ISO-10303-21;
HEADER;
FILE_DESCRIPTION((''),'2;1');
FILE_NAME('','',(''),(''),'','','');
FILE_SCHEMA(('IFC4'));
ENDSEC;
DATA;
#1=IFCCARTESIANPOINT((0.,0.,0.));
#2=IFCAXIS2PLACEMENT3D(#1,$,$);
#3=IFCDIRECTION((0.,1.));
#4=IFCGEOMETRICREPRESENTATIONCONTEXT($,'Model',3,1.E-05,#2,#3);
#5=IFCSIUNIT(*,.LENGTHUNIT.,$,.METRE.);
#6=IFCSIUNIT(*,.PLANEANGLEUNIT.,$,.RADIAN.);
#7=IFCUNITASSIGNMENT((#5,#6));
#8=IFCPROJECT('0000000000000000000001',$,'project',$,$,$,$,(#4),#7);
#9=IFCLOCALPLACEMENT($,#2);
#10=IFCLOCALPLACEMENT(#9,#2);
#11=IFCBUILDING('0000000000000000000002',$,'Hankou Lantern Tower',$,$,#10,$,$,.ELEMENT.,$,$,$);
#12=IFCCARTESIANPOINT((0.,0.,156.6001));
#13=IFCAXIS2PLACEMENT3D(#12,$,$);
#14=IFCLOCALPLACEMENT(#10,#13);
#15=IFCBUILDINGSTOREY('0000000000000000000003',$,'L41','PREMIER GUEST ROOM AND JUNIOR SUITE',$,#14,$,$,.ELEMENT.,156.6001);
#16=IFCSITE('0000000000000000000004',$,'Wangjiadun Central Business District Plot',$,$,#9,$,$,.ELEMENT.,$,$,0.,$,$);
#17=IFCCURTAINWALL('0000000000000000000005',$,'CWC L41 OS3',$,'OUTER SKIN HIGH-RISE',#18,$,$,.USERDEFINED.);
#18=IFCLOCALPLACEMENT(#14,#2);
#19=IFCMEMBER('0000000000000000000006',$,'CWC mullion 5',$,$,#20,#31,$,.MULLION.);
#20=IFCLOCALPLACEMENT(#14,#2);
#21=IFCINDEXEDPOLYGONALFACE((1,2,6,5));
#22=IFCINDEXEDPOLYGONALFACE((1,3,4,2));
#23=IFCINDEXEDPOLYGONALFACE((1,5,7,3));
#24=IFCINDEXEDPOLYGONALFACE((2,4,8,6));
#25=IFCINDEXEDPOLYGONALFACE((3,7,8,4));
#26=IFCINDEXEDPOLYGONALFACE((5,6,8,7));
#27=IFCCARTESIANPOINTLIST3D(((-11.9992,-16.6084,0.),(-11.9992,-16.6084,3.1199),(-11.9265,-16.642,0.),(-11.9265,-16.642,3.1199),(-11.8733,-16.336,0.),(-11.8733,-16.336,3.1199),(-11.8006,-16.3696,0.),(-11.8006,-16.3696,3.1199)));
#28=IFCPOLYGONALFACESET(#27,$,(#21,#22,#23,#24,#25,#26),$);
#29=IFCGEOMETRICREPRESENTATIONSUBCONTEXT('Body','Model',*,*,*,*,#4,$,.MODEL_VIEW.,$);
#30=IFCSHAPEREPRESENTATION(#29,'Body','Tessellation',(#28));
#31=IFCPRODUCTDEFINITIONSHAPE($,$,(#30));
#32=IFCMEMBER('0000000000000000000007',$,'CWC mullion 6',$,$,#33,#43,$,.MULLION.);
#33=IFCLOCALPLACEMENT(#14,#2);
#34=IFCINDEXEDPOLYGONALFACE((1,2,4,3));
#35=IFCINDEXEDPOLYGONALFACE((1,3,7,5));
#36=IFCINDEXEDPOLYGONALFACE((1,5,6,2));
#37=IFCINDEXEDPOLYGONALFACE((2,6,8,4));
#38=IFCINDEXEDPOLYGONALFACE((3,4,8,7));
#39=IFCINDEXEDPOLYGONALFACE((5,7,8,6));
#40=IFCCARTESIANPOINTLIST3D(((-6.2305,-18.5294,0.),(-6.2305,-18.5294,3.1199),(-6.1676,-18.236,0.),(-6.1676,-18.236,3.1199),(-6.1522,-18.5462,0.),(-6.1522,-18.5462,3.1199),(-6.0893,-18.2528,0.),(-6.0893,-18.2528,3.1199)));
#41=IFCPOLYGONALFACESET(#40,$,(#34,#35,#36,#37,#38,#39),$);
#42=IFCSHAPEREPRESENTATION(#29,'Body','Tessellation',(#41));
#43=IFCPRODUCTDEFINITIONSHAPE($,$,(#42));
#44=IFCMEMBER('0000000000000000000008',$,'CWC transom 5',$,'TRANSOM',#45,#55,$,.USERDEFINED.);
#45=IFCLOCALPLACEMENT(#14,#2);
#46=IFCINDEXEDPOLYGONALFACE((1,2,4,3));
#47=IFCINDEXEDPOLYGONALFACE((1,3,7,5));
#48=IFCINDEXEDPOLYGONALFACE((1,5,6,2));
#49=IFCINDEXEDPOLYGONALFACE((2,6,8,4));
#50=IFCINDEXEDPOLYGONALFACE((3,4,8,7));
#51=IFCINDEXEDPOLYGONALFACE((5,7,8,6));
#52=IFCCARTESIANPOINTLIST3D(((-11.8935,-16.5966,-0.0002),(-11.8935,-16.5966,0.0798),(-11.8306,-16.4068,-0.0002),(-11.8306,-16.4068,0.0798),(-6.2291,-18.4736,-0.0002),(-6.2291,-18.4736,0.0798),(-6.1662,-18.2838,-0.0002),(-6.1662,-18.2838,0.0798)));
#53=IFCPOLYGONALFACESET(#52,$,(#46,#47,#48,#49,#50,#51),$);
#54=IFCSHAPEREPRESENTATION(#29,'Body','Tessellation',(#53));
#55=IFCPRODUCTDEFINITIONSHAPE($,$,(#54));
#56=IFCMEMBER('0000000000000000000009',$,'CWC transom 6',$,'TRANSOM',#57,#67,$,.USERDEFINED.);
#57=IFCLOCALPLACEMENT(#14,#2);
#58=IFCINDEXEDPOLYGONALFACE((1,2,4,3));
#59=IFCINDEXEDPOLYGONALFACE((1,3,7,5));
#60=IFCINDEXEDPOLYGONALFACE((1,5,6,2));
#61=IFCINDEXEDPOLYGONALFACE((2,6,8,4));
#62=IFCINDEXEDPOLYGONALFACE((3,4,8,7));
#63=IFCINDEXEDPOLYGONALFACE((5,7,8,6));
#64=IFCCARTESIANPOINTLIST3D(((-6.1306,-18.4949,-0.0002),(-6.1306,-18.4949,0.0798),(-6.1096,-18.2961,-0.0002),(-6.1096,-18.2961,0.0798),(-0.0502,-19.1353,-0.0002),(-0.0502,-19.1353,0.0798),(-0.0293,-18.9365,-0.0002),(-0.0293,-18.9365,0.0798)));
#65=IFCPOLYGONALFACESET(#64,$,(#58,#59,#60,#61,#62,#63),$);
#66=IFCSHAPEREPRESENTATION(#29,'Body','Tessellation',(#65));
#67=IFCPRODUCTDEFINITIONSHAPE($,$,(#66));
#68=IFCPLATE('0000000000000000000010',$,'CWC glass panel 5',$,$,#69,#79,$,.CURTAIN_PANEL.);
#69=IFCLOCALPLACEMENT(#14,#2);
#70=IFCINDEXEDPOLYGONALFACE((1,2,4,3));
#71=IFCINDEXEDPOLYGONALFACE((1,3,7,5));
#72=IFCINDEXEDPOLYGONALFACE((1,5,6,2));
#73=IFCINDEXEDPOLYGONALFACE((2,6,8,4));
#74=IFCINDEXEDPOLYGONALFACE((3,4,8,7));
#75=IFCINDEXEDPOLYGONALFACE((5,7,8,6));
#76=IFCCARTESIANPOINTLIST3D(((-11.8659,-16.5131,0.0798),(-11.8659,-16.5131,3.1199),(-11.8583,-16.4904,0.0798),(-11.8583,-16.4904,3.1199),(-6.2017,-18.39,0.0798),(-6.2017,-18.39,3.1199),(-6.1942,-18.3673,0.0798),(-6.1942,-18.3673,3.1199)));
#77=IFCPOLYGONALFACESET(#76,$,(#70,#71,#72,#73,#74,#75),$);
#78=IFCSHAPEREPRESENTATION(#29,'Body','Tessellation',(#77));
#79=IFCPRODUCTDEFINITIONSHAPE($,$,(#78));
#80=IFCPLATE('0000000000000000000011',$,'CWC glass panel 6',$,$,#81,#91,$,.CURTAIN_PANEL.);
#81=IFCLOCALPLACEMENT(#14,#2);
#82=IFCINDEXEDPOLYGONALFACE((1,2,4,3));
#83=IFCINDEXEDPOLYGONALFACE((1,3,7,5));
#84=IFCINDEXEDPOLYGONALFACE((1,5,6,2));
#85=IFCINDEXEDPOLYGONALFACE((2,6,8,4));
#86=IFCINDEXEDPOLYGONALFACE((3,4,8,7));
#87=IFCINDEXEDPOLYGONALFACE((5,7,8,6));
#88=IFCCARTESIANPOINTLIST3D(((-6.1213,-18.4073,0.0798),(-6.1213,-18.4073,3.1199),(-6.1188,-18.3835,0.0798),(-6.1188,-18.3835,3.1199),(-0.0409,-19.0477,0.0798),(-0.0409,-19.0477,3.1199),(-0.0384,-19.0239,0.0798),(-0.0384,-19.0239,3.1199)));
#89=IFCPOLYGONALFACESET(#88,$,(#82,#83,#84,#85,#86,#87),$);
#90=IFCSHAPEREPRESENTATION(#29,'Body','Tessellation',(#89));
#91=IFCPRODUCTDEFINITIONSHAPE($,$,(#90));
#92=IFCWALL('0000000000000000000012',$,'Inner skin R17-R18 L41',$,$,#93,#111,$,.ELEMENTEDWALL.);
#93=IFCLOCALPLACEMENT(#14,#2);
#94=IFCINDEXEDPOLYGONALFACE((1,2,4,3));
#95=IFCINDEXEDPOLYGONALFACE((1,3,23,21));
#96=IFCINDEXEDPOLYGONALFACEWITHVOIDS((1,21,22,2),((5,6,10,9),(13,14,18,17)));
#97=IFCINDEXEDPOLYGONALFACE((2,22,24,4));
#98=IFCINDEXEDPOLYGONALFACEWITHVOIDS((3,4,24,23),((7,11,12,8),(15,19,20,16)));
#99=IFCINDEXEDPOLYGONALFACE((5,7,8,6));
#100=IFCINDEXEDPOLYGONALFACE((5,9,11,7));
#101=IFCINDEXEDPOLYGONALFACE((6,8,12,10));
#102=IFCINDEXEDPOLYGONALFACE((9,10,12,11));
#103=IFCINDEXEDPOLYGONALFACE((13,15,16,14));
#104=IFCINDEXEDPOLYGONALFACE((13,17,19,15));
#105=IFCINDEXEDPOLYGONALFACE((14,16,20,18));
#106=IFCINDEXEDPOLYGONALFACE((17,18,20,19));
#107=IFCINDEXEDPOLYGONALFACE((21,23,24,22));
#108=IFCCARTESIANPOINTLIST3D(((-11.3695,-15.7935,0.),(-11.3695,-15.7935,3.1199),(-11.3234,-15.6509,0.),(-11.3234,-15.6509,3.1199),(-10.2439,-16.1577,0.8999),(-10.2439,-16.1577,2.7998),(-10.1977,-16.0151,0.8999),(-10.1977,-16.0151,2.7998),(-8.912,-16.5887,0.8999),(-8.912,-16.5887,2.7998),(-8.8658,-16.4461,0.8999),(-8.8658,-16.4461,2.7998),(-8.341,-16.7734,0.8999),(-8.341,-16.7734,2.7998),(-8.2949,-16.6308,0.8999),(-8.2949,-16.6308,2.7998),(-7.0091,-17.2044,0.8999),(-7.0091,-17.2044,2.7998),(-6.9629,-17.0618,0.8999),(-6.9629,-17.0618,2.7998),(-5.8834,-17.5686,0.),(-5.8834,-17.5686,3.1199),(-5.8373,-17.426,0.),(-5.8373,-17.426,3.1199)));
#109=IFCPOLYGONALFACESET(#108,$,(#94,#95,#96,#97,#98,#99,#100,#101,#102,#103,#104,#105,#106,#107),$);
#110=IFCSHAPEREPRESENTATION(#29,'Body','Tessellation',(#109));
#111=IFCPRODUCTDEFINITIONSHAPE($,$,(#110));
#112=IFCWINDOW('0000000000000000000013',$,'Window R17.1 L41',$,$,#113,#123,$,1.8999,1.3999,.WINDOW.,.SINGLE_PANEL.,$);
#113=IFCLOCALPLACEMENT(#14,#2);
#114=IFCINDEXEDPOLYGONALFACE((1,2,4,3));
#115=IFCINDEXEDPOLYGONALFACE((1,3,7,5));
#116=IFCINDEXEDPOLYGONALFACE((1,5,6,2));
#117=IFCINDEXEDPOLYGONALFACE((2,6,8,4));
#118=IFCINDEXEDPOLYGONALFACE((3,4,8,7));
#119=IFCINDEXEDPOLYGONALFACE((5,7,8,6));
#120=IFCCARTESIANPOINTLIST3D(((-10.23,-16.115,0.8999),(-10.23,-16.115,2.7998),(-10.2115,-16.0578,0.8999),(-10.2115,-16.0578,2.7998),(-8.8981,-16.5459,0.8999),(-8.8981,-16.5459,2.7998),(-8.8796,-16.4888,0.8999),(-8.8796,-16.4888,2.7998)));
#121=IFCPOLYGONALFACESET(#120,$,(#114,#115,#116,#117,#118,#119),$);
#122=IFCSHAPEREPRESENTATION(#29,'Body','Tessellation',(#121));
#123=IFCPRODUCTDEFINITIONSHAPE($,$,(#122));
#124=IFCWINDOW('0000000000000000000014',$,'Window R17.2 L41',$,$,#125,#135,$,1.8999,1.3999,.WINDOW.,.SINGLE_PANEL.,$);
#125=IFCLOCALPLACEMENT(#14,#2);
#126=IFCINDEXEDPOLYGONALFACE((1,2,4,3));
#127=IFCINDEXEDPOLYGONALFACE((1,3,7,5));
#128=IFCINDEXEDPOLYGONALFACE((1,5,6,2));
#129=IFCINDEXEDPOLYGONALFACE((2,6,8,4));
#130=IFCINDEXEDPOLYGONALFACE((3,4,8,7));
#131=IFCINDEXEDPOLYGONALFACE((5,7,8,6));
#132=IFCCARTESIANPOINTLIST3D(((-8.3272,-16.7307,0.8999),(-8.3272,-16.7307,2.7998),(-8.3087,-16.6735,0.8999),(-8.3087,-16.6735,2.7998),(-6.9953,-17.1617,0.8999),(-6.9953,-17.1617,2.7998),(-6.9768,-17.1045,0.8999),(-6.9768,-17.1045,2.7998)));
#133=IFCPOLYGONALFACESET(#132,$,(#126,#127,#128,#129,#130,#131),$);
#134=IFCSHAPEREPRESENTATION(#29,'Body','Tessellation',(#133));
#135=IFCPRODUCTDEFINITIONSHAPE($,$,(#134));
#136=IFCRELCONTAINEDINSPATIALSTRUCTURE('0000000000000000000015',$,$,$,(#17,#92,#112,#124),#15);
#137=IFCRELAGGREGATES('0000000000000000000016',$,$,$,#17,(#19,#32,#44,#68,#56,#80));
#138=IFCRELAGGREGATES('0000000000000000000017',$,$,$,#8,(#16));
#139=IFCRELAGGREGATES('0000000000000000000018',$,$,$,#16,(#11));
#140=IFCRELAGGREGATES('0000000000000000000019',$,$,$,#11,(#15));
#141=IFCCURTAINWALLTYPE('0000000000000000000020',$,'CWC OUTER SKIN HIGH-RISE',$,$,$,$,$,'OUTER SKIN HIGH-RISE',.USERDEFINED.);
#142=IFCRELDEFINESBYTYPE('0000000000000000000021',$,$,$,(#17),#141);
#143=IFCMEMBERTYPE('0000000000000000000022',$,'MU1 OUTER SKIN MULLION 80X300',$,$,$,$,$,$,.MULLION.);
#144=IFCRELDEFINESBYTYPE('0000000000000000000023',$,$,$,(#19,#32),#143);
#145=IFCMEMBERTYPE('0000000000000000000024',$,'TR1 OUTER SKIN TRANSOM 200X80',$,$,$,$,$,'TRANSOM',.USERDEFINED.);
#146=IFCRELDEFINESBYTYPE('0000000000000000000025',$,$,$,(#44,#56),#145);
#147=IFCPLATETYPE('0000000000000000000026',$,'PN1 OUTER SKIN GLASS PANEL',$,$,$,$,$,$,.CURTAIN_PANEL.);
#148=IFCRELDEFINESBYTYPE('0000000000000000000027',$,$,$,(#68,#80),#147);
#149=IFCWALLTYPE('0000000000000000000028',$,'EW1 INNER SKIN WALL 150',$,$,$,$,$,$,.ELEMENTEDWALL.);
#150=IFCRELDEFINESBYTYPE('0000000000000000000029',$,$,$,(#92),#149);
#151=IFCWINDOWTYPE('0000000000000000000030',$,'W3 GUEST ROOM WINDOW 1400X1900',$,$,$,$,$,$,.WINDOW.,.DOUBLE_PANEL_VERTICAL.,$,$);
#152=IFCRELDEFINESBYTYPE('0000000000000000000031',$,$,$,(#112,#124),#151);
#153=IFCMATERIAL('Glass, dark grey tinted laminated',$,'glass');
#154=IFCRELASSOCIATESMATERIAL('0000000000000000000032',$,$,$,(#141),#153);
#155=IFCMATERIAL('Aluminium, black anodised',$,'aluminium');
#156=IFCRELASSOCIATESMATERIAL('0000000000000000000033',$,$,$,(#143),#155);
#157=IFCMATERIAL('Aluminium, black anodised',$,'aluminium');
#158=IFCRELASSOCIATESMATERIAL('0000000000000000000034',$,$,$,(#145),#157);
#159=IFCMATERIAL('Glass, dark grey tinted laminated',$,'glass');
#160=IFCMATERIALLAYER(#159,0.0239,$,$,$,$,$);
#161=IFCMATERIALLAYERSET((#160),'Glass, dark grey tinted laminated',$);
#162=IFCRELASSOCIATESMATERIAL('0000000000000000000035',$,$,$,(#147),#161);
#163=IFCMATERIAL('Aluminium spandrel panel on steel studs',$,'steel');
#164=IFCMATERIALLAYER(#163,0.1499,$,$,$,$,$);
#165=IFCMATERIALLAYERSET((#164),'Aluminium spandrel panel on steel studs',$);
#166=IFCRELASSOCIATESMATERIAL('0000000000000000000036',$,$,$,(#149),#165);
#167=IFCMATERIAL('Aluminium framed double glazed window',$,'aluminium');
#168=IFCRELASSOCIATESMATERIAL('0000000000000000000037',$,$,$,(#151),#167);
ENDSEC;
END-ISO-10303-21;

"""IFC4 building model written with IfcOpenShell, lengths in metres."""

from ifc_helpers import new_model, si_unit, direction, frame, frame_2d, origin, origin_2d, place, context, subcontext, project, spatial, rectangle, extrude, material, layer, layer_set, material_profile, profile_set, type_object, element, fill, aggregate, save


model = new_model("IFC4")

# Units and contexts
model_context = context("Model", 3, precision=1e-05, world=origin(), true_north=direction((0.0, 1.0)))
body_context = subcontext(model_context, "Body", "Model", "MODEL_VIEW")
ifc_project = project(units=[si_unit("LENGTHUNIT", "METRE"), si_unit("PLANEANGLEUNIT", "RADIAN")], contexts=[model_context])

# Site, building, storey
site_placement = place(None, origin())
site = spatial("IfcSite", under=ifc_project, at=site_placement, Name="Wangjiadun Central Business District Plot", CompositionType="ELEMENT", RefElevation=0.0)
building_placement = place(site_placement, origin())
building = spatial("IfcBuilding", under=site, at=building_placement, Name="Hankou Lantern Tower", CompositionType="ELEMENT")
storey_placement = place(building_placement, frame((0.0, 0.0, 156.6001)))
storey = spatial("IfcBuildingStorey", under=building, at=storey_placement, Name="L41", Description="PREMIER GUEST ROOM AND JUNIOR SUITE", CompositionType="ELEMENT", Elevation=156.6001)

# Curtain wall, members, plates
ifc_material_1 = material(Name="Glass, dark grey tinted laminated", Category="glass")
curtain_wall_type = type_object("IfcCurtainWallType", Name="CWC OUTER SKIN HIGH-RISE", ElementType="OUTER SKIN HIGH-RISE", PredefinedType="USERDEFINED", material=ifc_material_1)
curtain_wall_placement = place(storey_placement, origin())
curtain_wall = element("IfcCurtainWall", 1, at=curtain_wall_placement, inside=storey, type_object=curtain_wall_type, Name="CWC L41 OS3", ObjectType="OUTER SKIN HIGH-RISE", PredefinedType="USERDEFINED")
ifc_material_2 = material(Name="Aluminium, black anodised", Category="aluminium")
ifc_material_profile_1 = material_profile(ifc_material_2, rectangle(XDim=0.0801, YDim=0.3, at=origin_2d()), Name="MU1 80X300")
ifc_profile_set_1 = profile_set([ifc_material_profile_1], Name="Aluminium, black anodised")
member_type_1 = type_object("IfcMemberType", Name="MU1 OUTER SKIN MULLION 80X300", PredefinedType="MULLION", material=ifc_profile_set_1)
member_1_placement = place(storey_placement, frame((-11.8999, -16.489, 0.0), z_axis=(0.0, 0.0, 1.0), x_axis=(0.907841, -0.419314, 0.0)))
member_1 = element("IfcMember", 2, at=member_1_placement, type_object=member_type_1, Name="CWC mullion 5", PredefinedType="MULLION", context=body_context, shape_type="SweptSolid", body=[
    extrude(rectangle(XDim=0.0801, YDim=0.3, at=origin_2d()), origin(), (0.0, 0.0, 1.0), 3.1199),
])
member_2_placement = place(storey_placement, frame((-6.1599, -18.3911, 0.0), z_axis=(0.0, 0.0, 1.0), x_axis=(0.977788, -0.209598, 0.0)))
member_2 = element("IfcMember", 3, at=member_2_placement, type_object=member_type_1, Name="CWC mullion 6", PredefinedType="MULLION", context=body_context, shape_type="SweptSolid", body=[
    extrude(rectangle(XDim=0.0801, YDim=0.3, at=origin_2d()), origin(), (0.0, 0.0, 1.0), 3.1199),
])
ifc_material_3 = material(Name="Aluminium, black anodised", Category="aluminium")
ifc_material_profile_2 = material_profile(ifc_material_3, rectangle(XDim=0.2, YDim=0.0801, at=origin_2d()), Name="TR1 200X80")
ifc_profile_set_2 = profile_set([ifc_material_profile_2], Name="Aluminium, black anodised")
member_type_2 = type_object("IfcMemberType", Name="TR1 OUTER SKIN TRANSOM 200X80", ElementType="TRANSOM", PredefinedType="USERDEFINED", material=ifc_profile_set_2)
member_3_placement = place(storey_placement, frame((-11.8621, -16.5017, 0.0398), z_axis=(0.949242, -0.314546, 0.0), x_axis=(0.314546, 0.949242, 0.0)))
member_3 = element("IfcMember", 4, at=member_3_placement, type_object=member_type_2, Name="CWC transom 5", ObjectType="TRANSOM", PredefinedType="USERDEFINED", context=body_context, shape_type="SweptSolid", body=[
    extrude(rectangle(XDim=0.2, YDim=0.0801, at=origin_2d()), origin(), (0.0, 0.0, 1.0), 5.9673),
])
member_4_placement = place(storey_placement, frame((-6.1201, -18.3955, 0.0398), z_axis=(0.9945, -0.104741, 0.0), x_axis=(0.104741, 0.9945, 0.0)))
member_4 = element("IfcMember", 5, at=member_4_placement, type_object=member_type_2, Name="CWC transom 6", ObjectType="TRANSOM", PredefinedType="USERDEFINED", context=body_context, shape_type="SweptSolid", body=[
    extrude(rectangle(XDim=0.2, YDim=0.0801, at=origin_2d()), origin(), (0.0, 0.0, 1.0), 6.114),
])
ifc_material_4 = material(Name="Glass, dark grey tinted laminated", Category="glass")
ifc_layer_1 = layer(ifc_material_4, 0.0239)
ifc_layer_set_1 = layer_set([ifc_layer_1], Name="Glass, dark grey tinted laminated")
plate_type = type_object("IfcPlateType", Name="PN1 OUTER SKIN GLASS PANEL", PredefinedType="CURTAIN_PANEL", material=ifc_layer_set_1)
plate_1_placement = place(storey_placement, frame((-9.03, -17.4402, 0.0798), z_axis=(0.0, 0.0, 1.0), x_axis=(0.949241, -0.314551, 0.0)))
plate_1 = element("IfcPlate", 6, at=plate_1_placement, type_object=plate_type, Name="CWC glass panel 5", PredefinedType="CURTAIN_PANEL", context=body_context, shape_type="SweptSolid", body=[
    extrude(rectangle(XDim=5.967, YDim=0.0239, at=origin_2d()), origin(), (0.0, 0.0, 1.0), 3.04),
])
plate_2_placement = place(storey_placement, frame((-3.0798, -18.7156, 0.0798), z_axis=(0.0, 0.0, 1.0), x_axis=(0.994499, -0.104743, 0.0)))
plate_2 = element("IfcPlate", 7, at=plate_2_placement, type_object=plate_type, Name="CWC glass panel 6", PredefinedType="CURTAIN_PANEL", context=body_context, shape_type="SweptSolid", body=[
    extrude(rectangle(XDim=6.114, YDim=0.0239, at=origin_2d()), origin(), (0.0, 0.0, 1.0), 3.04),
])
aggregate(curtain_wall, [member_1, member_2, member_3, plate_1, member_4, plate_2])

# Wall, openings, windows
ifc_material_5 = material(Name="Aluminium spandrel panel on steel studs", Category="steel")
ifc_layer_2 = layer(ifc_material_5, 0.1499)
ifc_layer_set_2 = layer_set([ifc_layer_2], Name="Aluminium spandrel panel on steel studs")
wall_type_1 = type_object("IfcWallType", Name="EW1 INNER SKIN WALL 150", PredefinedType="ELEMENTEDWALL", material=ifc_layer_set_2)
wall_1_placement = place(storey_placement, frame((-11.3464, -15.7222, 0.0), z_axis=(0.0, 0.0, 1.0), x_axis=(0.951432, -0.307857, 0.0)))
wall_1 = element("IfcWall", 8, at=wall_1_placement, inside=storey, type_object=wall_type_1, Name="Inner skin R17-R18 L41", PredefinedType="ELEMENTEDWALL", context=body_context, shape_type="SweptSolid", body=[
    extrude(rectangle(XDim=5.7661, YDim=0.1499, at=frame_2d((2.8831, 0.0))), origin(), (0.0, 0.0, 1.0), 3.1199),
])
opening_1_placement = place(wall_1_placement, frame((1.1831, 0.0, 0.8999)))
opening_1 = element("IfcOpeningElement", 9, at=opening_1_placement, cuts=wall_1, PredefinedType="OPENING", context=body_context, shape_type="SweptSolid", body=[
    extrude(rectangle(XDim=1.3999, YDim=1.8999, at=frame_2d((0.7, 0.95))), frame((0.0, 0.085, 0.0), z_axis=(0.0, -1.0, 0.0), x_axis=(1.0, 0.0, 0.0)), (0.0, 0.0, 1.0), 0.1699),
])
opening_2_placement = place(wall_1_placement, frame((3.1831, 0.0, 0.8999)))
opening_2 = element("IfcOpeningElement", 10, at=opening_2_placement, cuts=wall_1, PredefinedType="OPENING", context=body_context, shape_type="SweptSolid", body=[
    extrude(rectangle(XDim=1.3999, YDim=1.8999, at=frame_2d((0.7, 0.95))), frame((0.0, 0.085, 0.0), z_axis=(0.0, -1.0, 0.0), x_axis=(1.0, 0.0, 0.0)), (0.0, 0.0, 1.0), 0.1699),
])
ifc_material_6 = material(Name="Aluminium framed double glazed window", Category="aluminium")
window_type = type_object("IfcWindowType", Name="W3 GUEST ROOM WINDOW 1400X1900", PartitioningType="DOUBLE_PANEL_VERTICAL", PredefinedType="WINDOW", material=ifc_material_6)
window_1_placement = place(opening_1_placement, origin())
window_1 = element("IfcWindow", 11, at=window_1_placement, inside=storey, type_object=window_type, Name="Window R17.1 L41", OverallHeight=1.8999, OverallWidth=1.3999, PartitioningType="SINGLE_PANEL", PredefinedType="WINDOW", context=body_context, shape_type="SweptSolid", body=[
    extrude(rectangle(XDim=1.3999, YDim=1.8999, at=frame_2d((0.7, 0.95))), frame((0.0, 0.03, 0.0), z_axis=(0.0, -1.0, 0.0), x_axis=(1.0, 0.0, 0.0)), (0.0, 0.0, 1.0), 0.0601),
])
fill(opening_1, window_1)
window_2_placement = place(opening_2_placement, origin())
window_2 = element("IfcWindow", 12, at=window_2_placement, inside=storey, type_object=window_type, Name="Window R17.2 L41", OverallHeight=1.8999, OverallWidth=1.3999, PartitioningType="SINGLE_PANEL", PredefinedType="WINDOW", context=body_context, shape_type="SweptSolid", body=[
    extrude(rectangle(XDim=1.3999, YDim=1.8999, at=frame_2d((0.7, 0.95))), frame((0.0, 0.03, 0.0), z_axis=(0.0, -1.0, 0.0), x_axis=(1.0, 0.0, 0.0)), (0.0, 0.0, 1.0), 0.0601),
])
fill(opening_2, window_2)

save(model, "model.ifc")
